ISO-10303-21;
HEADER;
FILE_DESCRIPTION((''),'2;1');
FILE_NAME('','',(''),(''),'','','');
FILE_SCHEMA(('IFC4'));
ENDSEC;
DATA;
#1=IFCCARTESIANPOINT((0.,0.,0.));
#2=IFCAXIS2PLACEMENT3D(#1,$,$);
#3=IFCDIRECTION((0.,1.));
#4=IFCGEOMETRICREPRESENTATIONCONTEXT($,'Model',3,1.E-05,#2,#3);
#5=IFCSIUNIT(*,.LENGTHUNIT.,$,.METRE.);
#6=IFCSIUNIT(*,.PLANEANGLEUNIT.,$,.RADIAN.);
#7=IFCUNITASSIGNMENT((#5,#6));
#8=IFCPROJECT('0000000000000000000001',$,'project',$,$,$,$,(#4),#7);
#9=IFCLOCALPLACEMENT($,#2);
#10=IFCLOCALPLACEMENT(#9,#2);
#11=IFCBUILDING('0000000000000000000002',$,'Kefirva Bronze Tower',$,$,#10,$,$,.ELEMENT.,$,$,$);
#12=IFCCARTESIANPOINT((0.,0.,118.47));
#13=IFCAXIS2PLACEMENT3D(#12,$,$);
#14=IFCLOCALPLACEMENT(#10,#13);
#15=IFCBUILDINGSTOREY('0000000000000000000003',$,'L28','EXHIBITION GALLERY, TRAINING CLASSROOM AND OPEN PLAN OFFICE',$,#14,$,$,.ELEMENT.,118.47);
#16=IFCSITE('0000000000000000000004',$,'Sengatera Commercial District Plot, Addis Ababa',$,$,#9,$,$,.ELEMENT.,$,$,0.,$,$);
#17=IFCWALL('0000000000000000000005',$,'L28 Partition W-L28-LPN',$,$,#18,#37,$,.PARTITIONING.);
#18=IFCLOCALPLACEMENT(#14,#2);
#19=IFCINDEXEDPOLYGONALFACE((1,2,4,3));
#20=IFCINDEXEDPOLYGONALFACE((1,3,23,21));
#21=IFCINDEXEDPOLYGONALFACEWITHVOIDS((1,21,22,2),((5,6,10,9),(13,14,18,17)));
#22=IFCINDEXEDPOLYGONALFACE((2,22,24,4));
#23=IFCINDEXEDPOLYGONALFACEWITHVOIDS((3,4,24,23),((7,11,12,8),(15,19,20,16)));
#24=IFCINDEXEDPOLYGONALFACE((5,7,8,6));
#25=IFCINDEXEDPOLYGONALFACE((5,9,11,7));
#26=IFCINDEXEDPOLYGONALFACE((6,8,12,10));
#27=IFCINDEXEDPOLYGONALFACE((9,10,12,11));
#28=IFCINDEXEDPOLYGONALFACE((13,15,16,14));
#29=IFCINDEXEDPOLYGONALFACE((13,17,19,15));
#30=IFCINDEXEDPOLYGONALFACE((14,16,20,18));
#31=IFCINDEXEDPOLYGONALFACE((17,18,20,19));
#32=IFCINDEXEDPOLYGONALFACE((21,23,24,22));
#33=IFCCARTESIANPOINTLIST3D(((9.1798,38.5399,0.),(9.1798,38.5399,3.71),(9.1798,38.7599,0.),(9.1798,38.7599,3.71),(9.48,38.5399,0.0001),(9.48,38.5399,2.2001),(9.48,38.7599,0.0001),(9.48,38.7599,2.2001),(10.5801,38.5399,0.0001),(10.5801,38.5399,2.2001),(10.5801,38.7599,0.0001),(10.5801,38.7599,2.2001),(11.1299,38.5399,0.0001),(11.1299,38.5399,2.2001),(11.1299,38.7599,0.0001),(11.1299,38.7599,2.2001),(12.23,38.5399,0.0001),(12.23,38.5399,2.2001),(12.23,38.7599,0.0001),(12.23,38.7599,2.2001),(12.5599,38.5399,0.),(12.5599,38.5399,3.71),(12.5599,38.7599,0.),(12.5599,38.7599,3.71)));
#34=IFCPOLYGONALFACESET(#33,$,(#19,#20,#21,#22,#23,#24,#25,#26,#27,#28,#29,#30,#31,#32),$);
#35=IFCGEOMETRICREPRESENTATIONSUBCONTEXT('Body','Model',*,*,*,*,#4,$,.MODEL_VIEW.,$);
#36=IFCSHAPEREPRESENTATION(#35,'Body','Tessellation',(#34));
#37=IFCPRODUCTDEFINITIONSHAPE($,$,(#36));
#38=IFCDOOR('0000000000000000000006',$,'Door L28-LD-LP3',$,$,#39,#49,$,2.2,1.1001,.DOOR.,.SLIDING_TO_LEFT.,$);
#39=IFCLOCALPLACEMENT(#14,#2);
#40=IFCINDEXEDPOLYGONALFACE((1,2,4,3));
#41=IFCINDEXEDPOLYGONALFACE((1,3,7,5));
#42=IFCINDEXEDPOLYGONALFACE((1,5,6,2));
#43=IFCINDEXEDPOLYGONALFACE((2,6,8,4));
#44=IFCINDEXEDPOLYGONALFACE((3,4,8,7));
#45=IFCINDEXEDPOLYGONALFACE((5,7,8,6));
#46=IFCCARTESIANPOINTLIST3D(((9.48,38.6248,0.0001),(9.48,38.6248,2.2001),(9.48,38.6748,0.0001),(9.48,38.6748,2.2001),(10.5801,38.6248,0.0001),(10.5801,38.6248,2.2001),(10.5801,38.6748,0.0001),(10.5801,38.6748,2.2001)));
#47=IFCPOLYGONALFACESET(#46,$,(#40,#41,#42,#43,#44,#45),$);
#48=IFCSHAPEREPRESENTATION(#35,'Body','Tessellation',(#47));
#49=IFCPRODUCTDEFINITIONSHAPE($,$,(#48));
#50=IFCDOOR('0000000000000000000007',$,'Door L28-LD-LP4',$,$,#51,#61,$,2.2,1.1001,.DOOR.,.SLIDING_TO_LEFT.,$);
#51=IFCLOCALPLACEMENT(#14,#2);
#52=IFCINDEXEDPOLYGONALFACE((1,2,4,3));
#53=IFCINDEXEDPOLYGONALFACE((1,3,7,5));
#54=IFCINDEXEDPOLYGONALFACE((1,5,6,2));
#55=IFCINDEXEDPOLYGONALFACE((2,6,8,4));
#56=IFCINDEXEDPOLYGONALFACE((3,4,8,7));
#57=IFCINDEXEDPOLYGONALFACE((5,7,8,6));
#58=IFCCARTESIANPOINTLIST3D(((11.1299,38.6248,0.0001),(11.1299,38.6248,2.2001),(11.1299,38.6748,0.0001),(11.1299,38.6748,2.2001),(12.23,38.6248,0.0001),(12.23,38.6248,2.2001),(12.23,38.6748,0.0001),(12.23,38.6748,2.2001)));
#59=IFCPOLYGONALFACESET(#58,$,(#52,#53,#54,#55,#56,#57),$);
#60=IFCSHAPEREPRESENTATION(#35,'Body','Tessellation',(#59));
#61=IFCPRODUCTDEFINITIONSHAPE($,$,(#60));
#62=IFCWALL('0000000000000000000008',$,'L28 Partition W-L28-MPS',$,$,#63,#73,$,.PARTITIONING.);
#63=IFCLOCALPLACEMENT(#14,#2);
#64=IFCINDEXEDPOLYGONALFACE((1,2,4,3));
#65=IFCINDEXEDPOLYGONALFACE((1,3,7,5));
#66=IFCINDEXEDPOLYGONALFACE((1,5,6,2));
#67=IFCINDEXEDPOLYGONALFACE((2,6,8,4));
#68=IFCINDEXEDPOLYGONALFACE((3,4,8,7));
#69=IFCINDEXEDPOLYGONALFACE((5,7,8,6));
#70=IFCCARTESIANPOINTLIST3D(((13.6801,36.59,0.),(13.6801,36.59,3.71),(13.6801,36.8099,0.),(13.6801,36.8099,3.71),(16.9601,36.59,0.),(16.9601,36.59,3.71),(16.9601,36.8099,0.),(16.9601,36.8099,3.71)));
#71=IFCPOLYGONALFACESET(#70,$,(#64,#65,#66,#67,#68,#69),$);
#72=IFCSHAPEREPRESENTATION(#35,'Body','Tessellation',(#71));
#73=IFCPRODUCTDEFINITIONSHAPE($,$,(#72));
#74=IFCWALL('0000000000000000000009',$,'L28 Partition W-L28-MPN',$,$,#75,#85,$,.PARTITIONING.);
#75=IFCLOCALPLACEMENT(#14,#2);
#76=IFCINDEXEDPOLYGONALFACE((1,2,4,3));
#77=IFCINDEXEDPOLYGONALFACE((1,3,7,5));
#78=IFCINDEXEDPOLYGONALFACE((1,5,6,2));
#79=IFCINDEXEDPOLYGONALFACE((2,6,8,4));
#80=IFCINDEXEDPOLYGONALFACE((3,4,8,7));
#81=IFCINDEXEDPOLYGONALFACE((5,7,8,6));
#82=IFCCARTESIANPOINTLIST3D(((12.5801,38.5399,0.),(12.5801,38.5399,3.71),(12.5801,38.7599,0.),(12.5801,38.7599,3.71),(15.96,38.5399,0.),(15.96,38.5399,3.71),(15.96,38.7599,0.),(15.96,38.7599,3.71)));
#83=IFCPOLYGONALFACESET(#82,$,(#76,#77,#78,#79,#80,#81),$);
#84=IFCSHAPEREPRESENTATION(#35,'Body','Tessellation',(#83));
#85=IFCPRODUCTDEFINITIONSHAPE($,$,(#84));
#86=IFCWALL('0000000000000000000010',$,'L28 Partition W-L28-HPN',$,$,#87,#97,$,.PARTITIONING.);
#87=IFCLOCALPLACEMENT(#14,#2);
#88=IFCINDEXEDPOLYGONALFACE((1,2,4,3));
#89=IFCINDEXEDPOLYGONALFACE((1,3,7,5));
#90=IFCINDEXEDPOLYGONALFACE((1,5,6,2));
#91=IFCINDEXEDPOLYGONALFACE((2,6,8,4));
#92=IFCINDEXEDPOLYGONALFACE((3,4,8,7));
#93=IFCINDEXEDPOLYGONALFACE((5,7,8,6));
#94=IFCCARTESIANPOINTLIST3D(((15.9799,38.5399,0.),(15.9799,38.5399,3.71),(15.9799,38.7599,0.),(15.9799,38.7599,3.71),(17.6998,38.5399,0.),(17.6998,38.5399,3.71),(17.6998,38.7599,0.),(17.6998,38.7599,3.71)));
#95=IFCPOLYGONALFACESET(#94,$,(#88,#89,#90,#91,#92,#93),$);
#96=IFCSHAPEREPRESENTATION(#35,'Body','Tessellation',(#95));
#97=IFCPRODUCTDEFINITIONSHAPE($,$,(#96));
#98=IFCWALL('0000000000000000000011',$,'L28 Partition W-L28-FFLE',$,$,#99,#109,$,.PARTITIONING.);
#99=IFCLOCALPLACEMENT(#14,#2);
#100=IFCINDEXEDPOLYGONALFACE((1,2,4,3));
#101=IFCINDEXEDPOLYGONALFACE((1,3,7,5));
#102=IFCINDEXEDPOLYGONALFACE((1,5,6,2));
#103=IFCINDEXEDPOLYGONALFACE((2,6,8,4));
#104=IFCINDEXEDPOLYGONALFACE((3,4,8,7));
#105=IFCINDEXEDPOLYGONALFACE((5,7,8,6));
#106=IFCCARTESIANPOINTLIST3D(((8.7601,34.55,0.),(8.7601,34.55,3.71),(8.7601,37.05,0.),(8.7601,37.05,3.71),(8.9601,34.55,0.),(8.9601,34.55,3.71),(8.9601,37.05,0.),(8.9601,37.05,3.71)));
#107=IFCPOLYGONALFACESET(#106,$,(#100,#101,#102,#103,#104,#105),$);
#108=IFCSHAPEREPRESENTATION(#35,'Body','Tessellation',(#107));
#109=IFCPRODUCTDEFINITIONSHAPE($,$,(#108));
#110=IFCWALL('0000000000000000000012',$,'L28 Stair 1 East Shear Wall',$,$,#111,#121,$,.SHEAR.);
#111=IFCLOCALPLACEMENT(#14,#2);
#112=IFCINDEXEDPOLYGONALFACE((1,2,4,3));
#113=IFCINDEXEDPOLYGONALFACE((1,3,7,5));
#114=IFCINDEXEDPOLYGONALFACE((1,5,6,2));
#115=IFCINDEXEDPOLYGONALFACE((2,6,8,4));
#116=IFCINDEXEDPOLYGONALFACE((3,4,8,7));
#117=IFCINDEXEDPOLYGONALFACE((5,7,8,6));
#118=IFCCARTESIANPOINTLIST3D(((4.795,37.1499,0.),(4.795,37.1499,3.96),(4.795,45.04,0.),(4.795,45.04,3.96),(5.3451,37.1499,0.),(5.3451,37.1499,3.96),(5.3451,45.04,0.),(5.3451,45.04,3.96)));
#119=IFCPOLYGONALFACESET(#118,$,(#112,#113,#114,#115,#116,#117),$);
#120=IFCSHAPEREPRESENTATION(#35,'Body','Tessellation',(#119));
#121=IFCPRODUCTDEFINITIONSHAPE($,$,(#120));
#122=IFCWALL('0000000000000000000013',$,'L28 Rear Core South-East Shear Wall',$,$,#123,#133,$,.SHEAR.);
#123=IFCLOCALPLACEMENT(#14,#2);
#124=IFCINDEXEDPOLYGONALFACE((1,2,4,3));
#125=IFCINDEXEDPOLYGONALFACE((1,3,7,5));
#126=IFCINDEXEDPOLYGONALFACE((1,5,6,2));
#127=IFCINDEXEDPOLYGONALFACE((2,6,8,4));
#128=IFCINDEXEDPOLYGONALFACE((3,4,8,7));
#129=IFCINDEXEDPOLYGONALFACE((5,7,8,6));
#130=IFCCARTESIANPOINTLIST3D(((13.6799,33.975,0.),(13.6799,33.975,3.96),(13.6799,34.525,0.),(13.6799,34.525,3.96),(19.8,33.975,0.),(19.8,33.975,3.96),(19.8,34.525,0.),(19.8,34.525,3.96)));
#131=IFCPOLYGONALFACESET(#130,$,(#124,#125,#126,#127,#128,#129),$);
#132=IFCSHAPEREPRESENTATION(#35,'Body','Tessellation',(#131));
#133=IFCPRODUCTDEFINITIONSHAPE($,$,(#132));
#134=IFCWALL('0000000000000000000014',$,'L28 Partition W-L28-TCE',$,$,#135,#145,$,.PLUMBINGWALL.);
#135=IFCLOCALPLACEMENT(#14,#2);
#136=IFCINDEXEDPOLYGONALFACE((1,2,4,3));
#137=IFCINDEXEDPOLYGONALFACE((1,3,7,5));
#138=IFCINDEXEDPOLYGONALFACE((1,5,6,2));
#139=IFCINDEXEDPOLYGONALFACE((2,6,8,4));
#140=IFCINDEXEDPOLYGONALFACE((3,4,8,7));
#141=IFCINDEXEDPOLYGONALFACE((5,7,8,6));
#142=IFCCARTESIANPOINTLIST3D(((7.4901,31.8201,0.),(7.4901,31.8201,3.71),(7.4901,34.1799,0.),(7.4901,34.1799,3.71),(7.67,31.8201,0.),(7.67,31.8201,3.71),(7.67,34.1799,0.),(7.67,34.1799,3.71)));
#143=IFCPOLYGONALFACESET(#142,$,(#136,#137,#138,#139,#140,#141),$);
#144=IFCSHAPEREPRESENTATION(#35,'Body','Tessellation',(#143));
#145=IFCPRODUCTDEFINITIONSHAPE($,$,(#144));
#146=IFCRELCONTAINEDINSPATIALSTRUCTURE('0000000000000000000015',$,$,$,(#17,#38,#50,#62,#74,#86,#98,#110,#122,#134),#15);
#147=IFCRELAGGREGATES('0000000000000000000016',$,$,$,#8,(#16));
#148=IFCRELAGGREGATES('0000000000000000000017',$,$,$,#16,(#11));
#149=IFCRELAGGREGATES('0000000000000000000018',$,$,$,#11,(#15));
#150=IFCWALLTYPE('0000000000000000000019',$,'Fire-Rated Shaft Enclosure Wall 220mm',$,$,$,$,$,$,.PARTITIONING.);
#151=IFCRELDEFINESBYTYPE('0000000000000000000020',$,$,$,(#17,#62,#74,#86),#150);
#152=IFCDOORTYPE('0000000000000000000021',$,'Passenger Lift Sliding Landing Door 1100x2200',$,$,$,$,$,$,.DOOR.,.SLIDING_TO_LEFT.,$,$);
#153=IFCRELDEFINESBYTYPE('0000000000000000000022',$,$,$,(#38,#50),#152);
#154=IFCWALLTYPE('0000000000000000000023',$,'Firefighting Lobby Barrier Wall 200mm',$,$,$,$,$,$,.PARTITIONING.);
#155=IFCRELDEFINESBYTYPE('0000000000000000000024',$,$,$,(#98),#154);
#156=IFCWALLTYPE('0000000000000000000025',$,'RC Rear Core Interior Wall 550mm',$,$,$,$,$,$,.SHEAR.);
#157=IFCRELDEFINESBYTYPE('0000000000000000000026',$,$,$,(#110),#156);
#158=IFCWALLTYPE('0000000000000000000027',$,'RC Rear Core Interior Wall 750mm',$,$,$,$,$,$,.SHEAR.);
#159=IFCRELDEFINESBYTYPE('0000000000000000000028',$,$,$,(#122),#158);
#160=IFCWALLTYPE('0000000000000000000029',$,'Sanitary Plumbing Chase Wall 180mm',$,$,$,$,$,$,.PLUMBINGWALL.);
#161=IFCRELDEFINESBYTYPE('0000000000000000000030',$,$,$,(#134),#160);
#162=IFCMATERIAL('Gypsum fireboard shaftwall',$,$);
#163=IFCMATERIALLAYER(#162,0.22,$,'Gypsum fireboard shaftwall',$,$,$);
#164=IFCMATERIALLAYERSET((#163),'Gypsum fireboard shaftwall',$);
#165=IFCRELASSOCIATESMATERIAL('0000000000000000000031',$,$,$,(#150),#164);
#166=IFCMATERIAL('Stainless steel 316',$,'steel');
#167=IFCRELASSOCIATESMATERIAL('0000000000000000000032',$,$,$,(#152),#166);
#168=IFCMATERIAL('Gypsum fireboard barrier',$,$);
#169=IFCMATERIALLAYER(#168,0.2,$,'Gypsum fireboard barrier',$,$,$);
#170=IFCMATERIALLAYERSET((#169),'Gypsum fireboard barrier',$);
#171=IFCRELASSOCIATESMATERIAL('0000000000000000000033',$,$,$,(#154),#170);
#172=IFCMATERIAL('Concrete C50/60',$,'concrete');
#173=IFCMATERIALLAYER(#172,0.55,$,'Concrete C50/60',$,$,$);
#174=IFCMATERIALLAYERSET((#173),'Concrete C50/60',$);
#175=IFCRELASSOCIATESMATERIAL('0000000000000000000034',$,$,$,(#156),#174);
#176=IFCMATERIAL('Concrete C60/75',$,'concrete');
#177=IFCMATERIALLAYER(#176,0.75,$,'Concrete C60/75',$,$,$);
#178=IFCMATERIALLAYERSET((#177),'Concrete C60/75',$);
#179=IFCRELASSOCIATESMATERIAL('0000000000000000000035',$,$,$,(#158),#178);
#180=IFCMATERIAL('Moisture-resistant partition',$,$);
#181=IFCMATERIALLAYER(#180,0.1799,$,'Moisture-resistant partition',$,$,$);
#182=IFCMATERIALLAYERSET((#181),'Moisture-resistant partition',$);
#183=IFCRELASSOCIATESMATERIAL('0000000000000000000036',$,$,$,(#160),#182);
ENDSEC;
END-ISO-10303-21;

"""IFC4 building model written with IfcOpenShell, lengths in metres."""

from ifc_helpers import new_model, si_unit, direction, frame, frame_2d, origin, place, context, subcontext, project, spatial, rectangle, extrude, material, layer, layer_set, type_object, element, fill, save


model = new_model("IFC4")

# Units and contexts
model_context = context("Model", 3, precision=1e-05, world=origin(), true_north=direction((0.0, 1.0)))
body_context = subcontext(model_context, "Body", "Model", "MODEL_VIEW")
ifc_project = project(units=[si_unit("LENGTHUNIT", "METRE"), si_unit("PLANEANGLEUNIT", "RADIAN")], contexts=[model_context])

# Site, building, storey
site_placement = place(None, origin())
site = spatial("IfcSite", under=ifc_project, at=site_placement, Name="Sengatera Commercial District Plot, Addis Ababa", CompositionType="ELEMENT", RefElevation=0.0)
building_placement = place(site_placement, origin())
building = spatial("IfcBuilding", under=site, at=building_placement, Name="Kefirva Bronze Tower", CompositionType="ELEMENT")
storey_placement = place(building_placement, frame((0.0, 0.0, 118.47)))
storey = spatial("IfcBuildingStorey", under=building, at=storey_placement, Name="L28", Description="EXHIBITION GALLERY, TRAINING CLASSROOM AND OPEN PLAN OFFICE", CompositionType="ELEMENT", Elevation=118.47)

# Shared definitions
ifc_material_1 = material(Name="Concrete C60/75", Category="concrete")

# Shared definitions
ifc_material_2 = material(Name="Gypsum fireboard shaftwall")
ifc_layer_1 = layer(ifc_material_2, 0.22, Name="Gypsum fireboard shaftwall")
ifc_layer_set_1 = layer_set([ifc_layer_1], Name="Gypsum fireboard shaftwall")
wall_type_1 = type_object("IfcWallType", Name="Fire-Rated Shaft Enclosure Wall 220mm", PredefinedType="PARTITIONING", material=ifc_layer_set_1)
ifc_material_3 = material(Name="Stainless steel 316", Category="steel")

# Wall, openings, doors
door_type_1 = type_object("IfcDoorType", Name="Passenger Lift Sliding Landing Door 1100x2200", OperationType="SLIDING_TO_LEFT", PredefinedType="DOOR", material=ifc_material_3)
wall_1_placement = place(storey_placement, frame((9.1799, 38.6499, 0.0), z_axis=(0.0, 0.0, 1.0), x_axis=(1.0, 0.0, 0.0)))
wall_1 = element("IfcWall", 1, at=wall_1_placement, inside=storey, type_object=wall_type_1, Name="L28 Partition W-L28-LPN", PredefinedType="PARTITIONING", context=body_context, shape_type="SweptSolid", body=[
    extrude(rectangle(XDim=3.3801, YDim=0.22, at=frame_2d((1.6899, 0.0))), origin(), (0.0, 0.0, 1.0), 3.71),
])
opening_1_placement = place(wall_1_placement, frame((0.3, 0.0, 0.0)))
opening_1 = element("IfcOpeningElement", 2, at=opening_1_placement, cuts=wall_1, PredefinedType="OPENING", context=body_context, shape_type="SweptSolid", body=[
    extrude(rectangle(XDim=1.1001, YDim=2.2, at=frame_2d((0.55, 1.1001))), frame((0.0, 0.1201, 0.0), z_axis=(0.0, -1.0, 0.0), x_axis=(1.0, 0.0, 0.0)), (0.0, 0.0, 1.0), 0.24),
])
opening_2_placement = place(wall_1_placement, frame((1.95, 0.0, 0.0)))
opening_2 = element("IfcOpeningElement", 3, at=opening_2_placement, cuts=wall_1, PredefinedType="OPENING", context=body_context, shape_type="SweptSolid", body=[
    extrude(rectangle(XDim=1.1001, YDim=2.2, at=frame_2d((0.55, 1.1001))), frame((0.0, 0.1201, 0.0), z_axis=(0.0, -1.0, 0.0), x_axis=(1.0, 0.0, 0.0)), (0.0, 0.0, 1.0), 0.24),
])
door_1_placement = place(opening_1_placement, origin())
door_1 = element("IfcDoor", 4, at=door_1_placement, inside=storey, type_object=door_type_1, Name="Door L28-LD-LP3", OperationType="SLIDING_TO_LEFT", OverallHeight=2.2, OverallWidth=1.1001, PredefinedType="DOOR", context=body_context, shape_type="SweptSolid", body=[
    extrude(rectangle(XDim=1.1001, YDim=2.2, at=frame_2d((0.55, 1.1001))), frame((0.0, 0.0249, 0.0), z_axis=(0.0, -1.0, 0.0), x_axis=(1.0, 0.0, 0.0)), (0.0, 0.0, 1.0), 0.05),
])
fill(opening_1, door_1)
door_2_placement = place(opening_2_placement, origin())
door_2 = element("IfcDoor", 5, at=door_2_placement, inside=storey, type_object=door_type_1, Name="Door L28-LD-LP4", OperationType="SLIDING_TO_LEFT", OverallHeight=2.2, OverallWidth=1.1001, PredefinedType="DOOR", context=body_context, shape_type="SweptSolid", body=[
    extrude(rectangle(XDim=1.1001, YDim=2.2, at=frame_2d((0.55, 1.1001))), frame((0.0, 0.0249, 0.0), z_axis=(0.0, -1.0, 0.0), x_axis=(1.0, 0.0, 0.0)), (0.0, 0.0, 1.0), 0.05),
])
fill(opening_2, door_2)

# Walls
wall_2_placement = place(storey_placement, frame((13.6799, 36.7, 0.0), z_axis=(0.0, 0.0, 1.0), x_axis=(1.0, 0.0, 0.0)))
element("IfcWall", 6, at=wall_2_placement, inside=storey, type_object=wall_type_1, Name="L28 Partition W-L28-MPS", PredefinedType="PARTITIONING", context=body_context, shape_type="SweptSolid", body=[
    extrude(rectangle(XDim=3.28, YDim=0.22, at=frame_2d((1.6401, 0.0))), origin(), (0.0, 0.0, 1.0), 3.71),
])
wall_3_placement = place(storey_placement, frame((12.5801, 38.6499, 0.0), z_axis=(0.0, 0.0, 1.0), x_axis=(1.0, 0.0, 0.0)))
element("IfcWall", 7, at=wall_3_placement, inside=storey, type_object=wall_type_1, Name="L28 Partition W-L28-MPN", PredefinedType="PARTITIONING", context=body_context, shape_type="SweptSolid", body=[
    extrude(rectangle(XDim=3.3799, YDim=0.22, at=frame_2d((1.6899, 0.0))), origin(), (0.0, 0.0, 1.0), 3.71),
])
wall_4_placement = place(storey_placement, frame((15.98, 38.6499, 0.0), z_axis=(0.0, 0.0, 1.0), x_axis=(1.0, 0.0, 0.0)))
element("IfcWall", 8, at=wall_4_placement, inside=storey, type_object=wall_type_1, Name="L28 Partition W-L28-HPN", PredefinedType="PARTITIONING", context=body_context, shape_type="SweptSolid", body=[
    extrude(rectangle(XDim=1.72, YDim=0.22, at=frame_2d((0.8599, 0.0))), origin(), (0.0, 0.0, 1.0), 3.71),
])
ifc_material_4 = material(Name="Gypsum fireboard barrier")
ifc_layer_2 = layer(ifc_material_4, 0.2, Name="Gypsum fireboard barrier")
ifc_layer_set_2 = layer_set([ifc_layer_2], Name="Gypsum fireboard barrier")
wall_type_2 = type_object("IfcWallType", Name="Firefighting Lobby Barrier Wall 200mm", PredefinedType="PARTITIONING", material=ifc_layer_set_2)
wall_5_placement = place(storey_placement, frame((8.8601, 34.55, 0.0), z_axis=(0.0, 0.0, 1.0), x_axis=(0.0, 1.0, 0.0)))
element("IfcWall", 9, at=wall_5_placement, inside=storey, type_object=wall_type_2, Name="L28 Partition W-L28-FFLE", PredefinedType="PARTITIONING", context=body_context, shape_type="SweptSolid", body=[
    extrude(rectangle(XDim=2.5, YDim=0.2, at=frame_2d((1.25, 0.0))), origin(), (0.0, 0.0, 1.0), 3.71),
])
ifc_material_5 = material(Name="Concrete C50/60", Category="concrete")
ifc_layer_3 = layer(ifc_material_5, 0.55, Name="Concrete C50/60")
ifc_layer_set_3 = layer_set([ifc_layer_3], Name="Concrete C50/60")
wall_type_3 = type_object("IfcWallType", Name="RC Rear Core Interior Wall 550mm", PredefinedType="SHEAR", material=ifc_layer_set_3)
wall_6_placement = place(storey_placement, frame((5.0701, 37.1499, 0.0), z_axis=(0.0, 0.0, 1.0), x_axis=(0.0, 1.0, 0.0)))
element("IfcWall", 10, at=wall_6_placement, inside=storey, type_object=wall_type_3, Name="L28 Stair 1 East Shear Wall", PredefinedType="SHEAR", context=body_context, shape_type="SweptSolid", body=[
    extrude(rectangle(XDim=7.8901, YDim=0.55, at=frame_2d((3.9451, 0.0))), origin(), (0.0, 0.0, 1.0), 3.96),
])
ifc_layer_4 = layer(ifc_material_1, 0.75, Name="Concrete C60/75")
ifc_layer_set_4 = layer_set([ifc_layer_4], Name="Concrete C60/75")
wall_type_4 = type_object("IfcWallType", Name="RC Rear Core Interior Wall 750mm", PredefinedType="SHEAR", material=ifc_layer_set_4)
wall_7_placement = place(storey_placement, frame((13.6799, 34.25, 0.0), z_axis=(0.0, 0.0, 1.0), x_axis=(1.0, 0.0, 0.0)))
element("IfcWall", 11, at=wall_7_placement, inside=storey, type_object=wall_type_4, Name="L28 Rear Core South-East Shear Wall", PredefinedType="SHEAR", context=body_context, shape_type="SweptSolid", body=[
    extrude(rectangle(XDim=6.1201, YDim=0.55, at=frame_2d((3.0601, 0.0))), origin(), (0.0, 0.0, 1.0), 3.96),
])
ifc_material_6 = material(Name="Moisture-resistant partition")
ifc_layer_5 = layer(ifc_material_6, 0.1799, Name="Moisture-resistant partition")
ifc_layer_set_5 = layer_set([ifc_layer_5], Name="Moisture-resistant partition")
wall_type_5 = type_object("IfcWallType", Name="Sanitary Plumbing Chase Wall 180mm", PredefinedType="PLUMBINGWALL", material=ifc_layer_set_5)
wall_8_placement = place(storey_placement, frame((7.5801, 31.8201, 0.0), z_axis=(0.0, 0.0, 1.0), x_axis=(0.0, 1.0, 0.0)))
element("IfcWall", 12, at=wall_8_placement, inside=storey, type_object=wall_type_5, Name="L28 Partition W-L28-TCE", PredefinedType="PLUMBINGWALL", context=body_context, shape_type="SweptSolid", body=[
    extrude(rectangle(XDim=2.3599, YDim=0.1799, at=frame_2d((1.1799, 0.0))), origin(), (0.0, 0.0, 1.0), 3.71),
])

save(model, "model.ifc")
